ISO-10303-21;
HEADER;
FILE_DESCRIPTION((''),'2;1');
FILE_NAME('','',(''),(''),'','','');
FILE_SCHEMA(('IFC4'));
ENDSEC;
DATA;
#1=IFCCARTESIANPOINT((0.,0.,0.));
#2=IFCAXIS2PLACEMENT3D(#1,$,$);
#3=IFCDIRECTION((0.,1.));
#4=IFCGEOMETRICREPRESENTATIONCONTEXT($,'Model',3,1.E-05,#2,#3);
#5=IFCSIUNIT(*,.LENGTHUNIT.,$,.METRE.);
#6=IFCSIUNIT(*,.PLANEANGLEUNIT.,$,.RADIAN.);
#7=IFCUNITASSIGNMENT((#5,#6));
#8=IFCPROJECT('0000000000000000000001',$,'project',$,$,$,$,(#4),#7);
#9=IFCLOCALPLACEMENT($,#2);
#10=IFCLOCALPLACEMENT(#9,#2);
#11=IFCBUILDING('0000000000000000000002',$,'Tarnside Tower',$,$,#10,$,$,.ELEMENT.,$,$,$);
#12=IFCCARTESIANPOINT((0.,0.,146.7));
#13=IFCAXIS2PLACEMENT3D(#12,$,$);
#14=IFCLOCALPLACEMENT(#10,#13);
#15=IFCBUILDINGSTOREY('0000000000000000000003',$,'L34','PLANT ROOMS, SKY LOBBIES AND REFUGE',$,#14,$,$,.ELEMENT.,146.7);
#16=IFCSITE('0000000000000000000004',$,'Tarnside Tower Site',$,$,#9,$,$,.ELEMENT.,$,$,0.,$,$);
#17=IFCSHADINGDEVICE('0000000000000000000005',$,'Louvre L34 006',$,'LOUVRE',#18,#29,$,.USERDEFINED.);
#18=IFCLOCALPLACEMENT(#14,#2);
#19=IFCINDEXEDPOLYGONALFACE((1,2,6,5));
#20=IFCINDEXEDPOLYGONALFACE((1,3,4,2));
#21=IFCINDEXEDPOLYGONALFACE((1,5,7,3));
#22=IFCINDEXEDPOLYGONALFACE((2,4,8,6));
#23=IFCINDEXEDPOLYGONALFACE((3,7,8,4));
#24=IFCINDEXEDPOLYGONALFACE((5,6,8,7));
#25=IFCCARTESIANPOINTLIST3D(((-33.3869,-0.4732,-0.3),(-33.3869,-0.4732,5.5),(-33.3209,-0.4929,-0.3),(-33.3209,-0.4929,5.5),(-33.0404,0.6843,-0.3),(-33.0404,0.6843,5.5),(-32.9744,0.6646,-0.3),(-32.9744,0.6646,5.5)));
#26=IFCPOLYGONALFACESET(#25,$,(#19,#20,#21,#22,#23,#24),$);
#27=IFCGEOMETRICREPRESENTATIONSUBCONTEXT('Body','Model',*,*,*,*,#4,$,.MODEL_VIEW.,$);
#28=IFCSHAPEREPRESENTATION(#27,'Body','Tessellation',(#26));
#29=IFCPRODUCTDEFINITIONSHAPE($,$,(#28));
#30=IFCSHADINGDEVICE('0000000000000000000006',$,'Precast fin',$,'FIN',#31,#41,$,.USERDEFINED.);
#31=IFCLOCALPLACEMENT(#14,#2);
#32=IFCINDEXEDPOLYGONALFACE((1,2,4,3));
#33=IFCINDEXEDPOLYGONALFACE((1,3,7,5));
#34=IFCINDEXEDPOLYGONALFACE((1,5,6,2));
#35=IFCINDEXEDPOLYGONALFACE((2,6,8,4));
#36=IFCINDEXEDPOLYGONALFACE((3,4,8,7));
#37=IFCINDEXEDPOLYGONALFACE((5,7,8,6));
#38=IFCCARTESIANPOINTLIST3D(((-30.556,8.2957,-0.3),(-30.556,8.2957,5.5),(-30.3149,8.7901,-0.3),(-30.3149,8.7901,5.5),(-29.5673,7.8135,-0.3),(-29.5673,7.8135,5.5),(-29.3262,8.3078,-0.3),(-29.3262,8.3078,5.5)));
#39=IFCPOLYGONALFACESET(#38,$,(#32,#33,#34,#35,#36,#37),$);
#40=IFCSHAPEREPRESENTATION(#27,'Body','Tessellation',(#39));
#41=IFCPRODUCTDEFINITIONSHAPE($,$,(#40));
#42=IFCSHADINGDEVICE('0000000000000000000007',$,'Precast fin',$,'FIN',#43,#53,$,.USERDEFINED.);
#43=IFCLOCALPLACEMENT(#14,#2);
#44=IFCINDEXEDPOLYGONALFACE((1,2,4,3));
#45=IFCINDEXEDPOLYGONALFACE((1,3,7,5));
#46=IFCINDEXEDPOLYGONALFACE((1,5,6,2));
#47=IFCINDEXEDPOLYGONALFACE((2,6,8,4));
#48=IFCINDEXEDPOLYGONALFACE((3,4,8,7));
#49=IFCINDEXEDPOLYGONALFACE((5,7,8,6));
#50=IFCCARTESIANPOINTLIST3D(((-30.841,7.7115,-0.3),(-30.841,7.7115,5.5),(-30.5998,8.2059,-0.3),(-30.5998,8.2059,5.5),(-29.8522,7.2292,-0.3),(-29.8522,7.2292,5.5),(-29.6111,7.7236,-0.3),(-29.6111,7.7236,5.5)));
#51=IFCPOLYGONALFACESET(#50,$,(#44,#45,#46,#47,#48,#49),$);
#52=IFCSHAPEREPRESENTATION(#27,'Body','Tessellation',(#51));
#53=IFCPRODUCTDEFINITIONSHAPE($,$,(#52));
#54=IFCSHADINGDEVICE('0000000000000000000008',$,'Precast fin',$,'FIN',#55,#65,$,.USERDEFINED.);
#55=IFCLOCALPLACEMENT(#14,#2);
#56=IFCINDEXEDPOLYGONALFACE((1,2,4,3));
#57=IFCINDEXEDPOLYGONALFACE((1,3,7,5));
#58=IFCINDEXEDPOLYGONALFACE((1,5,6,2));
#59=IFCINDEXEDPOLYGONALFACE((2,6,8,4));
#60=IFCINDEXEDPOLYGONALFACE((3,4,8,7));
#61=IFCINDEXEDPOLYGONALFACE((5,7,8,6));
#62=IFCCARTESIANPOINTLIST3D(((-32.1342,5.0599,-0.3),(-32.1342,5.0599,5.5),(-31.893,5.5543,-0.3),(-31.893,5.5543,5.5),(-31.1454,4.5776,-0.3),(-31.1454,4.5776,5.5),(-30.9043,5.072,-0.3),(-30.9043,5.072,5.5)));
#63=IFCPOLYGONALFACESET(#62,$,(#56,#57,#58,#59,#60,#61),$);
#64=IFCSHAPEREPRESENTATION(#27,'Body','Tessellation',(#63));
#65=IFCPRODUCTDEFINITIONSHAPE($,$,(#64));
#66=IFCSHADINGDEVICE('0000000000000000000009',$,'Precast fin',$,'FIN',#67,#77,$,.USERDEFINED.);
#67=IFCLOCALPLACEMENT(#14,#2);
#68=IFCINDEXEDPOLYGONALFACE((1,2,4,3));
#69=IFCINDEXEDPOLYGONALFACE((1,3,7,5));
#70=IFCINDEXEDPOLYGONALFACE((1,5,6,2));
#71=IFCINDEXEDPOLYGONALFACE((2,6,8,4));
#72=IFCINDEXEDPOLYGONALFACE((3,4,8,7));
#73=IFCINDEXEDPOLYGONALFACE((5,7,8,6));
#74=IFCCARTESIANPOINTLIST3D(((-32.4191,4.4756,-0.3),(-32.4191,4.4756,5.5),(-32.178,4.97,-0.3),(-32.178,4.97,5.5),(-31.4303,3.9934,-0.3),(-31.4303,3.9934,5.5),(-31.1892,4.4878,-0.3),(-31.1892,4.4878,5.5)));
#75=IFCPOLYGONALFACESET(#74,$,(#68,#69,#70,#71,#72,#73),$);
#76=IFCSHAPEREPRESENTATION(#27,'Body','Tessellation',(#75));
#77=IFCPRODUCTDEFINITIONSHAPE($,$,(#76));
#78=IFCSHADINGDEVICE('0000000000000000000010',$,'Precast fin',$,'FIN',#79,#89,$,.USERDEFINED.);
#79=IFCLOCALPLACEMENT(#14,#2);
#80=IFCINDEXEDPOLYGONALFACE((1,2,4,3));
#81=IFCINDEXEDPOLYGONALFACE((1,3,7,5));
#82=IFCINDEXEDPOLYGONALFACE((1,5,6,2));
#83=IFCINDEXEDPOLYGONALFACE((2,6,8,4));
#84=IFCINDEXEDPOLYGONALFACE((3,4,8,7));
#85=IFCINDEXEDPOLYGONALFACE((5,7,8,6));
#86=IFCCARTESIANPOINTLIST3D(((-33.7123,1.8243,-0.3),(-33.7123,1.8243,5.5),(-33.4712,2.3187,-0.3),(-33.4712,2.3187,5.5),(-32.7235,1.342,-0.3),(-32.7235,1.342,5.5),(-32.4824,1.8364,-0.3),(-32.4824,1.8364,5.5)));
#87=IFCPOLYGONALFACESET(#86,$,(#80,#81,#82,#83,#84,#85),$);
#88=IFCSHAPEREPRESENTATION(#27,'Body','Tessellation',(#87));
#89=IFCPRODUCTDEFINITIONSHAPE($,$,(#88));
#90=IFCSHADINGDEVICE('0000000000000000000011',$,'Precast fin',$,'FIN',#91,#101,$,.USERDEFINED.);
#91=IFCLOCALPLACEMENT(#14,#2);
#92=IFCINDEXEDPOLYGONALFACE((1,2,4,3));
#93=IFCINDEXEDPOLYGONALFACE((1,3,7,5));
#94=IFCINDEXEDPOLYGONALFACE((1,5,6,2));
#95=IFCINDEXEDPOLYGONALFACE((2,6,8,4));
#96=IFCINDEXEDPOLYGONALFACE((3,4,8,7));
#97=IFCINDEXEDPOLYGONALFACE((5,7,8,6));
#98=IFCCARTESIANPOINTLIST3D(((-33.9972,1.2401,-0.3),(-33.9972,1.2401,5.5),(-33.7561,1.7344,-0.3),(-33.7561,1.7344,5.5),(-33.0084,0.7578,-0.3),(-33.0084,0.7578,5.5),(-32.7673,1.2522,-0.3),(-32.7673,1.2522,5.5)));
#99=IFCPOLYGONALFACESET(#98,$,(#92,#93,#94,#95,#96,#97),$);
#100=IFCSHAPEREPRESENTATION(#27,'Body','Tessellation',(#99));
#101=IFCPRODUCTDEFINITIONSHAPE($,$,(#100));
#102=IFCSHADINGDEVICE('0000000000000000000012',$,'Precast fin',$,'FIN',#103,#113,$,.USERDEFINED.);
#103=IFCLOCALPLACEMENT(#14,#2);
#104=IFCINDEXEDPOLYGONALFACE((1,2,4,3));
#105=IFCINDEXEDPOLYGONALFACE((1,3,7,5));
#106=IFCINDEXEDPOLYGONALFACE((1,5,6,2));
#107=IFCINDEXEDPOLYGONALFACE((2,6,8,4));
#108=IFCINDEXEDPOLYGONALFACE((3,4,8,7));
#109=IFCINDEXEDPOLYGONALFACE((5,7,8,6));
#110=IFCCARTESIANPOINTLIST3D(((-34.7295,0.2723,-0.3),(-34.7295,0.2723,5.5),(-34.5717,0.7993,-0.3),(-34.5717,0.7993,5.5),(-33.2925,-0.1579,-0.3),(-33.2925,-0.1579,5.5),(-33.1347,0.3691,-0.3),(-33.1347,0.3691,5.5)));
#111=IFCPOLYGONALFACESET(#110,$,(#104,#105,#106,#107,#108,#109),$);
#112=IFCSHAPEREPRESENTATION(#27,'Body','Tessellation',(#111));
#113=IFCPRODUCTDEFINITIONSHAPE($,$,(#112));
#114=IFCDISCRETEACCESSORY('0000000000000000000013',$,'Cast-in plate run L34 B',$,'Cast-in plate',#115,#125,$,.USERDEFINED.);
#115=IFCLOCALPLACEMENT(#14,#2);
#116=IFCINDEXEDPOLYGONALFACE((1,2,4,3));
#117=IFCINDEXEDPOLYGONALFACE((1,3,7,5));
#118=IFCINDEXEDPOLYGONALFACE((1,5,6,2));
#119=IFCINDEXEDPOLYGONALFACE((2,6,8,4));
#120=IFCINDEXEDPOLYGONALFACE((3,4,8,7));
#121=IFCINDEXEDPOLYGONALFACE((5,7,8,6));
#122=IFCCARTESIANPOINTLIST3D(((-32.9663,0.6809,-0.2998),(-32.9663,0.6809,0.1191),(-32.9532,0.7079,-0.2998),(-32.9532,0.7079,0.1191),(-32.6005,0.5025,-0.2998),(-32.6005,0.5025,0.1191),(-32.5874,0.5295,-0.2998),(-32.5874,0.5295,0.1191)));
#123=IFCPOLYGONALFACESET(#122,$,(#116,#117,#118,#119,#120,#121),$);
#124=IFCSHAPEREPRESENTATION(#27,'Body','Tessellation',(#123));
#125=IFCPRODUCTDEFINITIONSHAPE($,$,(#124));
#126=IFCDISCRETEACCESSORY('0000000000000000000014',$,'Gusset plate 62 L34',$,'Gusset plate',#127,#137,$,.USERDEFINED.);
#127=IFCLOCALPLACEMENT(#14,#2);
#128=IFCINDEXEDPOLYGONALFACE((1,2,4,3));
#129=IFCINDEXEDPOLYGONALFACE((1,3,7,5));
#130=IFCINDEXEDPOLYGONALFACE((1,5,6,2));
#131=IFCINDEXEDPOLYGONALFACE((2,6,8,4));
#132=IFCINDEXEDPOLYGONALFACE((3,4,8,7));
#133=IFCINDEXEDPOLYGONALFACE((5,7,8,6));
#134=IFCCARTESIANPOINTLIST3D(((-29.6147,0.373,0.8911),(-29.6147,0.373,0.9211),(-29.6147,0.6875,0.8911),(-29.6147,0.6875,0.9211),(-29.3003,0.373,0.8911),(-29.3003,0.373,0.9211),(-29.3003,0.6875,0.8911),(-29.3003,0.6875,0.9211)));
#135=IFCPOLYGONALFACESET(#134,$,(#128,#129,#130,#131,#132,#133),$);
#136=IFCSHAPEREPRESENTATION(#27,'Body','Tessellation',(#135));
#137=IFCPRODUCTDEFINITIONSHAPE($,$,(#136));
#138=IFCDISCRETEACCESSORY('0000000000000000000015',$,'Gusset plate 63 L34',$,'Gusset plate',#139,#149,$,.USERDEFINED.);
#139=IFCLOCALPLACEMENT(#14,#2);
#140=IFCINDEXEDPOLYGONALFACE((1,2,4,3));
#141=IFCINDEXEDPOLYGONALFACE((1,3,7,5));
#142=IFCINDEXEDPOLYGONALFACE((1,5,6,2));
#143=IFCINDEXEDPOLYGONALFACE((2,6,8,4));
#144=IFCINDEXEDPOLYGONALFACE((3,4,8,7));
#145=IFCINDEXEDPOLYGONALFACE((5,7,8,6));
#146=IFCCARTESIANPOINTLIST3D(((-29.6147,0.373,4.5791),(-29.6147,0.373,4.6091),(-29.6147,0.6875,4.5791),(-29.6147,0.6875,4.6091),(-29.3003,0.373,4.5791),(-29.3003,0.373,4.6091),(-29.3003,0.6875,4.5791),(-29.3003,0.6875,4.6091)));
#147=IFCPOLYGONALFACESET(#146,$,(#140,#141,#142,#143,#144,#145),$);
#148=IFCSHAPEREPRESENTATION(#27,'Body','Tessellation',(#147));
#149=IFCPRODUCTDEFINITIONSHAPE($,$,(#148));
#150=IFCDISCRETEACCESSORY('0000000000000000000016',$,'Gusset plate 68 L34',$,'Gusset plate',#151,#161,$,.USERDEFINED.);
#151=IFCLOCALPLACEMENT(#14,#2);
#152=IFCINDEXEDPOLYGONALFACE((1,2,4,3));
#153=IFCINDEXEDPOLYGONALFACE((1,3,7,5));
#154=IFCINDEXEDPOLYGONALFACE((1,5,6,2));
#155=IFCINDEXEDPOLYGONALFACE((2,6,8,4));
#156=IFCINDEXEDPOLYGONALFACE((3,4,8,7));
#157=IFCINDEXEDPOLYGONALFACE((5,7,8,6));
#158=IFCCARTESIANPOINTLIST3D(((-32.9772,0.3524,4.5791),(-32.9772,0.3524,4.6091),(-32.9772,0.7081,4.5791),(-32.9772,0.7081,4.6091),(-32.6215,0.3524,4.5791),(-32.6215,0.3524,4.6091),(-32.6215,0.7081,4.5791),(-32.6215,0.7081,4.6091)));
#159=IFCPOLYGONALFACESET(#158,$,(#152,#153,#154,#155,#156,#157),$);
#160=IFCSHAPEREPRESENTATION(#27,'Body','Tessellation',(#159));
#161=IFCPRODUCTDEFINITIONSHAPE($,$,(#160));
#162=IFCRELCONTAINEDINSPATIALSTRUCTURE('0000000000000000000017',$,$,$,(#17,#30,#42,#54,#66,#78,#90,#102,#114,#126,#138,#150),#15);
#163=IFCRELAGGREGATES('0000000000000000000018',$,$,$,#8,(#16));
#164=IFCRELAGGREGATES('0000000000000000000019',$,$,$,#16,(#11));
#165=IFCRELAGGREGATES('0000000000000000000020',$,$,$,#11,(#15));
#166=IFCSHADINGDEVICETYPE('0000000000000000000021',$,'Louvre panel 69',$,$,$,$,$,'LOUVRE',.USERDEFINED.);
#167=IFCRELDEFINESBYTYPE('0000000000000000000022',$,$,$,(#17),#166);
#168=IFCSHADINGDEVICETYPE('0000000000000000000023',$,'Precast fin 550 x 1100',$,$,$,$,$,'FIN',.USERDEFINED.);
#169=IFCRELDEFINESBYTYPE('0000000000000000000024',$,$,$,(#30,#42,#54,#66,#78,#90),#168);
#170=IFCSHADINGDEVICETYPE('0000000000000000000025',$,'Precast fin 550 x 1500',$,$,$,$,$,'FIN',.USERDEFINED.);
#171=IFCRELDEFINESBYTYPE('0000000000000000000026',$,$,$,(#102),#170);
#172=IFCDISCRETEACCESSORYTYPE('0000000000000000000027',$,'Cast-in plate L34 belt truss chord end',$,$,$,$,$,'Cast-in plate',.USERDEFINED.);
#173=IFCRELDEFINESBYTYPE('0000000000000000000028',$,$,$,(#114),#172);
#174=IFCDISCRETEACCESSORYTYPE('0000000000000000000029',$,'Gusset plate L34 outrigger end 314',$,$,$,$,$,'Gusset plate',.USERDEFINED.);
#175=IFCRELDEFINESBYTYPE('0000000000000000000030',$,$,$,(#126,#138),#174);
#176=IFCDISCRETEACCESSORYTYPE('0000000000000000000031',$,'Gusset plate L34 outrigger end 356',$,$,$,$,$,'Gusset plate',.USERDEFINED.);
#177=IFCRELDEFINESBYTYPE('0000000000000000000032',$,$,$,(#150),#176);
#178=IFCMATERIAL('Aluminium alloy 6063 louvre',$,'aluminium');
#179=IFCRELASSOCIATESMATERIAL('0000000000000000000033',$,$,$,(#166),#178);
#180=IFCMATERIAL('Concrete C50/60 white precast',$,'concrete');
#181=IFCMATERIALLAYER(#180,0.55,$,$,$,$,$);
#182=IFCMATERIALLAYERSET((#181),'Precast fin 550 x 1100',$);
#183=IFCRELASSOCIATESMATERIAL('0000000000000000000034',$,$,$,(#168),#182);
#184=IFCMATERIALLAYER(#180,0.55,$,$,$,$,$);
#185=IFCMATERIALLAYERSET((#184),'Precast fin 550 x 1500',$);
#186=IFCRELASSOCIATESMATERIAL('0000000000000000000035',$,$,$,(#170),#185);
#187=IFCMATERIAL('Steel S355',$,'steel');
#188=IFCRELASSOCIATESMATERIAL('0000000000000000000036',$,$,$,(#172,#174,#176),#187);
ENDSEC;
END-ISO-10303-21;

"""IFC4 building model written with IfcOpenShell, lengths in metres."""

from ifc_helpers import new_model, si_unit, direction, frame, origin, origin_2d, place, context, subcontext, project, spatial, polyline, rectangle, outline, extrude, material, layer, layer_set, type_object, element, save


model = new_model("IFC4")

# Units and contexts
model_context = context("Model", 3, precision=1e-05, world=origin(), true_north=direction((0.0, 1.0)))
body_context = subcontext(model_context, "Body", "Model", "MODEL_VIEW")
ifc_project = project(units=[si_unit("LENGTHUNIT", "METRE"), si_unit("PLANEANGLEUNIT", "RADIAN")], contexts=[model_context])

# Site, building, storey
site_placement = place(None, origin())
site = spatial("IfcSite", under=ifc_project, at=site_placement, Name="Tarnside Tower Site", CompositionType="ELEMENT", RefElevation=0.0)
building_placement = place(site_placement, origin())
building = spatial("IfcBuilding", under=site, at=building_placement, Name="Tarnside Tower", CompositionType="ELEMENT")
storey_placement = place(building_placement, frame((0.0, 0.0, 146.7)))
storey = spatial("IfcBuildingStorey", under=building, at=storey_placement, Name="L34", Description="PLANT ROOMS, SKY LOBBIES AND REFUGE", CompositionType="ELEMENT", Elevation=146.7)

# Shared definitions
ifc_material_1 = material(Name="Steel S355", Category="steel")

# Shading devices
ifc_material_2 = material(Name="Aluminium alloy 6063 louvre", Category="aluminium")
shading_device_type_1 = type_object("IfcShadingDeviceType", Name="Louvre panel 69", ElementType="LOUVRE", PredefinedType="USERDEFINED", material=ifc_material_2)
shading_device_1_placement = place(storey_placement, frame((-33.1477, 0.0857, -0.3), z_axis=(0.286778, 0.957997, 0.0), x_axis=(-0.957997, 0.286778, 0.0)))
element("IfcShadingDevice", 1, at=shading_device_1_placement, inside=storey, type_object=shading_device_type_1, Name="Louvre L34 006", ObjectType="LOUVRE", PredefinedType="USERDEFINED", context=body_context, shape_type="SweptSolid", body=[
    extrude(outline(polyline([(0.0, 0.0), (0.0688, 0.0), (0.0688, 5.8), (0.0, 5.8), (0.0, 0.0)])), frame((0.0, 0.0, -0.604)), (0.0, 0.0, 1.0), 1.2083),
])
ifc_material_3 = material(Name="Concrete C50/60 white precast", Category="concrete")
ifc_layer_1 = layer(ifc_material_3, 0.55)
ifc_layer_set_1 = layer_set([ifc_layer_1], Name="Precast fin 550 x 1100")
shading_device_type_2 = type_object("IfcShadingDeviceType", Name="Precast fin 550 x 1100", ElementType="FIN", PredefinedType="USERDEFINED", material=ifc_layer_set_1)
for number, where, z_axis, x_axis, name in (
    (2, (-29.4468, 8.0605, -0.3), (0.438371, 0.898794, 0.0), (-0.898794, 0.438371, 0.0), "Precast fin"),
    (3, (-29.7317, 7.4763, -0.3), (0.438371, 0.898794, 0.0), (-0.898794, 0.438371, 0.0), "Precast fin"),
    (4, (-31.0249, 4.8247, -0.3), (0.438371, 0.898794, 0.0), (-0.898794, 0.438371, 0.0), "Precast fin"),
    (5, (-31.3098, 4.2405, -0.3), (0.438371, 0.898794, 0.0), (-0.898794, 0.438371, 0.0), "Precast fin"),
    (6, (-32.603, 1.5891, -0.3), (0.438371, 0.898794, 0.0), (-0.898794, 0.438371, 0.0), "Precast fin"),
    (7, (-32.8879, 1.0049, -0.3), (0.438371, 0.898794, 0.0), (-0.898794, 0.438371, 0.0), "Precast fin"),
):
    element("IfcShadingDevice", number, at=place(storey_placement, frame(where, z_axis=z_axis, x_axis=x_axis)), inside=storey, type_object=shading_device_type_2, Name=name, ObjectType="FIN", PredefinedType="USERDEFINED", context=body_context, shape_type="SweptSolid", body=[
        extrude(outline(polyline([(0.0, 0.0), (1.1001, 0.0), (1.1001, 5.8), (0.0, 5.8), (0.0, 0.0)])), frame((0.0, 0.0, -0.2749)), (0.0, 0.0, 1.0), 0.55),
    ])
ifc_layer_2 = layer(ifc_material_3, 0.55)
ifc_layer_set_2 = layer_set([ifc_layer_2], Name="Precast fin 550 x 1500")
shading_device_type_3 = type_object("IfcShadingDeviceType", Name="Precast fin 550 x 1500", ElementType="FIN", PredefinedType="USERDEFINED", material=ifc_layer_set_2)
shading_device_2_placement = place(storey_placement, frame((-33.2136, 0.1055, -0.3), z_axis=(0.286803, 0.95799, 0.0), x_axis=(-0.95799, 0.286803, 0.0)))
element("IfcShadingDevice", 8, at=shading_device_2_placement, inside=storey, type_object=shading_device_type_3, Name="Precast fin", ObjectType="FIN", PredefinedType="USERDEFINED", context=body_context, shape_type="SweptSolid", body=[
    extrude(outline(polyline([(0.0, 0.0), (1.5, 0.0), (1.5, 5.8), (0.0, 5.8), (0.0, 0.0)])), frame((0.0, 0.0, -0.2749)), (0.0, 0.0, 1.0), 0.55),
])

# Discrete accessories
discrete_accessory_type_1 = type_object("IfcDiscreteAccessoryType", Name="Cast-in plate L34 belt truss chord end", ElementType="Cast-in plate", PredefinedType="USERDEFINED", material=ifc_material_1)
discrete_accessory_1_placement = place(storey_placement, frame((-32.7769, 0.6052, -0.2998), z_axis=(0.0, 0.0, 1.0), x_axis=(-0.438371, -0.898794, 0.0)))
element("IfcDiscreteAccessory", 9, at=discrete_accessory_1_placement, inside=storey, type_object=discrete_accessory_type_1, Name="Cast-in plate run L34 B", ObjectType="Cast-in plate", PredefinedType="USERDEFINED", context=body_context, shape_type="SweptSolid", body=[
    extrude(rectangle(XDim=0.03, YDim=0.407, at=origin_2d()), origin(), (0.0, 0.0, 1.0), 0.4189),
])
discrete_accessory_type_2 = type_object("IfcDiscreteAccessoryType", Name="Gusset plate L34 outrigger end 314", ElementType="Gusset plate", PredefinedType="USERDEFINED", material=ifc_material_1)
for number, where, z_axis, x_axis, name in (
    (10, (-29.4575, 0.5303, 0.8911), (0.0, 0.0, 1.0), (1.0, 0.0, 0.0), "Gusset plate 62 L34"),
    (11, (-29.4575, 0.5303, 4.5791), (0.0, 0.0, 1.0), (1.0, 0.0, 0.0), "Gusset plate 63 L34"),
):
    element("IfcDiscreteAccessory", number, at=place(storey_placement, frame(where, z_axis=z_axis, x_axis=x_axis)), inside=storey, type_object=discrete_accessory_type_2, Name=name, ObjectType="Gusset plate", PredefinedType="USERDEFINED", context=body_context, shape_type="SweptSolid", body=[
        extrude(rectangle(XDim=0.3145, YDim=0.3145, at=origin_2d()), origin(), (0.0, 0.0, 1.0), 0.03),
    ])
discrete_accessory_type_3 = type_object("IfcDiscreteAccessoryType", Name="Gusset plate L34 outrigger end 356", ElementType="Gusset plate", PredefinedType="USERDEFINED", material=ifc_material_1)
discrete_accessory_2_placement = place(storey_placement, frame((-32.7993, 0.5303, 4.5791), z_axis=(0.0, 0.0, 1.0), x_axis=(1.0, 0.0, 0.0)))
element("IfcDiscreteAccessory", 12, at=discrete_accessory_2_placement, inside=storey, type_object=discrete_accessory_type_3, Name="Gusset plate 68 L34", ObjectType="Gusset plate", PredefinedType="USERDEFINED", context=body_context, shape_type="SweptSolid", body=[
    extrude(rectangle(XDim=0.3557, YDim=0.3557, at=origin_2d()), origin(), (0.0, 0.0, 1.0), 0.03),
])

save(model, "model.ifc")
